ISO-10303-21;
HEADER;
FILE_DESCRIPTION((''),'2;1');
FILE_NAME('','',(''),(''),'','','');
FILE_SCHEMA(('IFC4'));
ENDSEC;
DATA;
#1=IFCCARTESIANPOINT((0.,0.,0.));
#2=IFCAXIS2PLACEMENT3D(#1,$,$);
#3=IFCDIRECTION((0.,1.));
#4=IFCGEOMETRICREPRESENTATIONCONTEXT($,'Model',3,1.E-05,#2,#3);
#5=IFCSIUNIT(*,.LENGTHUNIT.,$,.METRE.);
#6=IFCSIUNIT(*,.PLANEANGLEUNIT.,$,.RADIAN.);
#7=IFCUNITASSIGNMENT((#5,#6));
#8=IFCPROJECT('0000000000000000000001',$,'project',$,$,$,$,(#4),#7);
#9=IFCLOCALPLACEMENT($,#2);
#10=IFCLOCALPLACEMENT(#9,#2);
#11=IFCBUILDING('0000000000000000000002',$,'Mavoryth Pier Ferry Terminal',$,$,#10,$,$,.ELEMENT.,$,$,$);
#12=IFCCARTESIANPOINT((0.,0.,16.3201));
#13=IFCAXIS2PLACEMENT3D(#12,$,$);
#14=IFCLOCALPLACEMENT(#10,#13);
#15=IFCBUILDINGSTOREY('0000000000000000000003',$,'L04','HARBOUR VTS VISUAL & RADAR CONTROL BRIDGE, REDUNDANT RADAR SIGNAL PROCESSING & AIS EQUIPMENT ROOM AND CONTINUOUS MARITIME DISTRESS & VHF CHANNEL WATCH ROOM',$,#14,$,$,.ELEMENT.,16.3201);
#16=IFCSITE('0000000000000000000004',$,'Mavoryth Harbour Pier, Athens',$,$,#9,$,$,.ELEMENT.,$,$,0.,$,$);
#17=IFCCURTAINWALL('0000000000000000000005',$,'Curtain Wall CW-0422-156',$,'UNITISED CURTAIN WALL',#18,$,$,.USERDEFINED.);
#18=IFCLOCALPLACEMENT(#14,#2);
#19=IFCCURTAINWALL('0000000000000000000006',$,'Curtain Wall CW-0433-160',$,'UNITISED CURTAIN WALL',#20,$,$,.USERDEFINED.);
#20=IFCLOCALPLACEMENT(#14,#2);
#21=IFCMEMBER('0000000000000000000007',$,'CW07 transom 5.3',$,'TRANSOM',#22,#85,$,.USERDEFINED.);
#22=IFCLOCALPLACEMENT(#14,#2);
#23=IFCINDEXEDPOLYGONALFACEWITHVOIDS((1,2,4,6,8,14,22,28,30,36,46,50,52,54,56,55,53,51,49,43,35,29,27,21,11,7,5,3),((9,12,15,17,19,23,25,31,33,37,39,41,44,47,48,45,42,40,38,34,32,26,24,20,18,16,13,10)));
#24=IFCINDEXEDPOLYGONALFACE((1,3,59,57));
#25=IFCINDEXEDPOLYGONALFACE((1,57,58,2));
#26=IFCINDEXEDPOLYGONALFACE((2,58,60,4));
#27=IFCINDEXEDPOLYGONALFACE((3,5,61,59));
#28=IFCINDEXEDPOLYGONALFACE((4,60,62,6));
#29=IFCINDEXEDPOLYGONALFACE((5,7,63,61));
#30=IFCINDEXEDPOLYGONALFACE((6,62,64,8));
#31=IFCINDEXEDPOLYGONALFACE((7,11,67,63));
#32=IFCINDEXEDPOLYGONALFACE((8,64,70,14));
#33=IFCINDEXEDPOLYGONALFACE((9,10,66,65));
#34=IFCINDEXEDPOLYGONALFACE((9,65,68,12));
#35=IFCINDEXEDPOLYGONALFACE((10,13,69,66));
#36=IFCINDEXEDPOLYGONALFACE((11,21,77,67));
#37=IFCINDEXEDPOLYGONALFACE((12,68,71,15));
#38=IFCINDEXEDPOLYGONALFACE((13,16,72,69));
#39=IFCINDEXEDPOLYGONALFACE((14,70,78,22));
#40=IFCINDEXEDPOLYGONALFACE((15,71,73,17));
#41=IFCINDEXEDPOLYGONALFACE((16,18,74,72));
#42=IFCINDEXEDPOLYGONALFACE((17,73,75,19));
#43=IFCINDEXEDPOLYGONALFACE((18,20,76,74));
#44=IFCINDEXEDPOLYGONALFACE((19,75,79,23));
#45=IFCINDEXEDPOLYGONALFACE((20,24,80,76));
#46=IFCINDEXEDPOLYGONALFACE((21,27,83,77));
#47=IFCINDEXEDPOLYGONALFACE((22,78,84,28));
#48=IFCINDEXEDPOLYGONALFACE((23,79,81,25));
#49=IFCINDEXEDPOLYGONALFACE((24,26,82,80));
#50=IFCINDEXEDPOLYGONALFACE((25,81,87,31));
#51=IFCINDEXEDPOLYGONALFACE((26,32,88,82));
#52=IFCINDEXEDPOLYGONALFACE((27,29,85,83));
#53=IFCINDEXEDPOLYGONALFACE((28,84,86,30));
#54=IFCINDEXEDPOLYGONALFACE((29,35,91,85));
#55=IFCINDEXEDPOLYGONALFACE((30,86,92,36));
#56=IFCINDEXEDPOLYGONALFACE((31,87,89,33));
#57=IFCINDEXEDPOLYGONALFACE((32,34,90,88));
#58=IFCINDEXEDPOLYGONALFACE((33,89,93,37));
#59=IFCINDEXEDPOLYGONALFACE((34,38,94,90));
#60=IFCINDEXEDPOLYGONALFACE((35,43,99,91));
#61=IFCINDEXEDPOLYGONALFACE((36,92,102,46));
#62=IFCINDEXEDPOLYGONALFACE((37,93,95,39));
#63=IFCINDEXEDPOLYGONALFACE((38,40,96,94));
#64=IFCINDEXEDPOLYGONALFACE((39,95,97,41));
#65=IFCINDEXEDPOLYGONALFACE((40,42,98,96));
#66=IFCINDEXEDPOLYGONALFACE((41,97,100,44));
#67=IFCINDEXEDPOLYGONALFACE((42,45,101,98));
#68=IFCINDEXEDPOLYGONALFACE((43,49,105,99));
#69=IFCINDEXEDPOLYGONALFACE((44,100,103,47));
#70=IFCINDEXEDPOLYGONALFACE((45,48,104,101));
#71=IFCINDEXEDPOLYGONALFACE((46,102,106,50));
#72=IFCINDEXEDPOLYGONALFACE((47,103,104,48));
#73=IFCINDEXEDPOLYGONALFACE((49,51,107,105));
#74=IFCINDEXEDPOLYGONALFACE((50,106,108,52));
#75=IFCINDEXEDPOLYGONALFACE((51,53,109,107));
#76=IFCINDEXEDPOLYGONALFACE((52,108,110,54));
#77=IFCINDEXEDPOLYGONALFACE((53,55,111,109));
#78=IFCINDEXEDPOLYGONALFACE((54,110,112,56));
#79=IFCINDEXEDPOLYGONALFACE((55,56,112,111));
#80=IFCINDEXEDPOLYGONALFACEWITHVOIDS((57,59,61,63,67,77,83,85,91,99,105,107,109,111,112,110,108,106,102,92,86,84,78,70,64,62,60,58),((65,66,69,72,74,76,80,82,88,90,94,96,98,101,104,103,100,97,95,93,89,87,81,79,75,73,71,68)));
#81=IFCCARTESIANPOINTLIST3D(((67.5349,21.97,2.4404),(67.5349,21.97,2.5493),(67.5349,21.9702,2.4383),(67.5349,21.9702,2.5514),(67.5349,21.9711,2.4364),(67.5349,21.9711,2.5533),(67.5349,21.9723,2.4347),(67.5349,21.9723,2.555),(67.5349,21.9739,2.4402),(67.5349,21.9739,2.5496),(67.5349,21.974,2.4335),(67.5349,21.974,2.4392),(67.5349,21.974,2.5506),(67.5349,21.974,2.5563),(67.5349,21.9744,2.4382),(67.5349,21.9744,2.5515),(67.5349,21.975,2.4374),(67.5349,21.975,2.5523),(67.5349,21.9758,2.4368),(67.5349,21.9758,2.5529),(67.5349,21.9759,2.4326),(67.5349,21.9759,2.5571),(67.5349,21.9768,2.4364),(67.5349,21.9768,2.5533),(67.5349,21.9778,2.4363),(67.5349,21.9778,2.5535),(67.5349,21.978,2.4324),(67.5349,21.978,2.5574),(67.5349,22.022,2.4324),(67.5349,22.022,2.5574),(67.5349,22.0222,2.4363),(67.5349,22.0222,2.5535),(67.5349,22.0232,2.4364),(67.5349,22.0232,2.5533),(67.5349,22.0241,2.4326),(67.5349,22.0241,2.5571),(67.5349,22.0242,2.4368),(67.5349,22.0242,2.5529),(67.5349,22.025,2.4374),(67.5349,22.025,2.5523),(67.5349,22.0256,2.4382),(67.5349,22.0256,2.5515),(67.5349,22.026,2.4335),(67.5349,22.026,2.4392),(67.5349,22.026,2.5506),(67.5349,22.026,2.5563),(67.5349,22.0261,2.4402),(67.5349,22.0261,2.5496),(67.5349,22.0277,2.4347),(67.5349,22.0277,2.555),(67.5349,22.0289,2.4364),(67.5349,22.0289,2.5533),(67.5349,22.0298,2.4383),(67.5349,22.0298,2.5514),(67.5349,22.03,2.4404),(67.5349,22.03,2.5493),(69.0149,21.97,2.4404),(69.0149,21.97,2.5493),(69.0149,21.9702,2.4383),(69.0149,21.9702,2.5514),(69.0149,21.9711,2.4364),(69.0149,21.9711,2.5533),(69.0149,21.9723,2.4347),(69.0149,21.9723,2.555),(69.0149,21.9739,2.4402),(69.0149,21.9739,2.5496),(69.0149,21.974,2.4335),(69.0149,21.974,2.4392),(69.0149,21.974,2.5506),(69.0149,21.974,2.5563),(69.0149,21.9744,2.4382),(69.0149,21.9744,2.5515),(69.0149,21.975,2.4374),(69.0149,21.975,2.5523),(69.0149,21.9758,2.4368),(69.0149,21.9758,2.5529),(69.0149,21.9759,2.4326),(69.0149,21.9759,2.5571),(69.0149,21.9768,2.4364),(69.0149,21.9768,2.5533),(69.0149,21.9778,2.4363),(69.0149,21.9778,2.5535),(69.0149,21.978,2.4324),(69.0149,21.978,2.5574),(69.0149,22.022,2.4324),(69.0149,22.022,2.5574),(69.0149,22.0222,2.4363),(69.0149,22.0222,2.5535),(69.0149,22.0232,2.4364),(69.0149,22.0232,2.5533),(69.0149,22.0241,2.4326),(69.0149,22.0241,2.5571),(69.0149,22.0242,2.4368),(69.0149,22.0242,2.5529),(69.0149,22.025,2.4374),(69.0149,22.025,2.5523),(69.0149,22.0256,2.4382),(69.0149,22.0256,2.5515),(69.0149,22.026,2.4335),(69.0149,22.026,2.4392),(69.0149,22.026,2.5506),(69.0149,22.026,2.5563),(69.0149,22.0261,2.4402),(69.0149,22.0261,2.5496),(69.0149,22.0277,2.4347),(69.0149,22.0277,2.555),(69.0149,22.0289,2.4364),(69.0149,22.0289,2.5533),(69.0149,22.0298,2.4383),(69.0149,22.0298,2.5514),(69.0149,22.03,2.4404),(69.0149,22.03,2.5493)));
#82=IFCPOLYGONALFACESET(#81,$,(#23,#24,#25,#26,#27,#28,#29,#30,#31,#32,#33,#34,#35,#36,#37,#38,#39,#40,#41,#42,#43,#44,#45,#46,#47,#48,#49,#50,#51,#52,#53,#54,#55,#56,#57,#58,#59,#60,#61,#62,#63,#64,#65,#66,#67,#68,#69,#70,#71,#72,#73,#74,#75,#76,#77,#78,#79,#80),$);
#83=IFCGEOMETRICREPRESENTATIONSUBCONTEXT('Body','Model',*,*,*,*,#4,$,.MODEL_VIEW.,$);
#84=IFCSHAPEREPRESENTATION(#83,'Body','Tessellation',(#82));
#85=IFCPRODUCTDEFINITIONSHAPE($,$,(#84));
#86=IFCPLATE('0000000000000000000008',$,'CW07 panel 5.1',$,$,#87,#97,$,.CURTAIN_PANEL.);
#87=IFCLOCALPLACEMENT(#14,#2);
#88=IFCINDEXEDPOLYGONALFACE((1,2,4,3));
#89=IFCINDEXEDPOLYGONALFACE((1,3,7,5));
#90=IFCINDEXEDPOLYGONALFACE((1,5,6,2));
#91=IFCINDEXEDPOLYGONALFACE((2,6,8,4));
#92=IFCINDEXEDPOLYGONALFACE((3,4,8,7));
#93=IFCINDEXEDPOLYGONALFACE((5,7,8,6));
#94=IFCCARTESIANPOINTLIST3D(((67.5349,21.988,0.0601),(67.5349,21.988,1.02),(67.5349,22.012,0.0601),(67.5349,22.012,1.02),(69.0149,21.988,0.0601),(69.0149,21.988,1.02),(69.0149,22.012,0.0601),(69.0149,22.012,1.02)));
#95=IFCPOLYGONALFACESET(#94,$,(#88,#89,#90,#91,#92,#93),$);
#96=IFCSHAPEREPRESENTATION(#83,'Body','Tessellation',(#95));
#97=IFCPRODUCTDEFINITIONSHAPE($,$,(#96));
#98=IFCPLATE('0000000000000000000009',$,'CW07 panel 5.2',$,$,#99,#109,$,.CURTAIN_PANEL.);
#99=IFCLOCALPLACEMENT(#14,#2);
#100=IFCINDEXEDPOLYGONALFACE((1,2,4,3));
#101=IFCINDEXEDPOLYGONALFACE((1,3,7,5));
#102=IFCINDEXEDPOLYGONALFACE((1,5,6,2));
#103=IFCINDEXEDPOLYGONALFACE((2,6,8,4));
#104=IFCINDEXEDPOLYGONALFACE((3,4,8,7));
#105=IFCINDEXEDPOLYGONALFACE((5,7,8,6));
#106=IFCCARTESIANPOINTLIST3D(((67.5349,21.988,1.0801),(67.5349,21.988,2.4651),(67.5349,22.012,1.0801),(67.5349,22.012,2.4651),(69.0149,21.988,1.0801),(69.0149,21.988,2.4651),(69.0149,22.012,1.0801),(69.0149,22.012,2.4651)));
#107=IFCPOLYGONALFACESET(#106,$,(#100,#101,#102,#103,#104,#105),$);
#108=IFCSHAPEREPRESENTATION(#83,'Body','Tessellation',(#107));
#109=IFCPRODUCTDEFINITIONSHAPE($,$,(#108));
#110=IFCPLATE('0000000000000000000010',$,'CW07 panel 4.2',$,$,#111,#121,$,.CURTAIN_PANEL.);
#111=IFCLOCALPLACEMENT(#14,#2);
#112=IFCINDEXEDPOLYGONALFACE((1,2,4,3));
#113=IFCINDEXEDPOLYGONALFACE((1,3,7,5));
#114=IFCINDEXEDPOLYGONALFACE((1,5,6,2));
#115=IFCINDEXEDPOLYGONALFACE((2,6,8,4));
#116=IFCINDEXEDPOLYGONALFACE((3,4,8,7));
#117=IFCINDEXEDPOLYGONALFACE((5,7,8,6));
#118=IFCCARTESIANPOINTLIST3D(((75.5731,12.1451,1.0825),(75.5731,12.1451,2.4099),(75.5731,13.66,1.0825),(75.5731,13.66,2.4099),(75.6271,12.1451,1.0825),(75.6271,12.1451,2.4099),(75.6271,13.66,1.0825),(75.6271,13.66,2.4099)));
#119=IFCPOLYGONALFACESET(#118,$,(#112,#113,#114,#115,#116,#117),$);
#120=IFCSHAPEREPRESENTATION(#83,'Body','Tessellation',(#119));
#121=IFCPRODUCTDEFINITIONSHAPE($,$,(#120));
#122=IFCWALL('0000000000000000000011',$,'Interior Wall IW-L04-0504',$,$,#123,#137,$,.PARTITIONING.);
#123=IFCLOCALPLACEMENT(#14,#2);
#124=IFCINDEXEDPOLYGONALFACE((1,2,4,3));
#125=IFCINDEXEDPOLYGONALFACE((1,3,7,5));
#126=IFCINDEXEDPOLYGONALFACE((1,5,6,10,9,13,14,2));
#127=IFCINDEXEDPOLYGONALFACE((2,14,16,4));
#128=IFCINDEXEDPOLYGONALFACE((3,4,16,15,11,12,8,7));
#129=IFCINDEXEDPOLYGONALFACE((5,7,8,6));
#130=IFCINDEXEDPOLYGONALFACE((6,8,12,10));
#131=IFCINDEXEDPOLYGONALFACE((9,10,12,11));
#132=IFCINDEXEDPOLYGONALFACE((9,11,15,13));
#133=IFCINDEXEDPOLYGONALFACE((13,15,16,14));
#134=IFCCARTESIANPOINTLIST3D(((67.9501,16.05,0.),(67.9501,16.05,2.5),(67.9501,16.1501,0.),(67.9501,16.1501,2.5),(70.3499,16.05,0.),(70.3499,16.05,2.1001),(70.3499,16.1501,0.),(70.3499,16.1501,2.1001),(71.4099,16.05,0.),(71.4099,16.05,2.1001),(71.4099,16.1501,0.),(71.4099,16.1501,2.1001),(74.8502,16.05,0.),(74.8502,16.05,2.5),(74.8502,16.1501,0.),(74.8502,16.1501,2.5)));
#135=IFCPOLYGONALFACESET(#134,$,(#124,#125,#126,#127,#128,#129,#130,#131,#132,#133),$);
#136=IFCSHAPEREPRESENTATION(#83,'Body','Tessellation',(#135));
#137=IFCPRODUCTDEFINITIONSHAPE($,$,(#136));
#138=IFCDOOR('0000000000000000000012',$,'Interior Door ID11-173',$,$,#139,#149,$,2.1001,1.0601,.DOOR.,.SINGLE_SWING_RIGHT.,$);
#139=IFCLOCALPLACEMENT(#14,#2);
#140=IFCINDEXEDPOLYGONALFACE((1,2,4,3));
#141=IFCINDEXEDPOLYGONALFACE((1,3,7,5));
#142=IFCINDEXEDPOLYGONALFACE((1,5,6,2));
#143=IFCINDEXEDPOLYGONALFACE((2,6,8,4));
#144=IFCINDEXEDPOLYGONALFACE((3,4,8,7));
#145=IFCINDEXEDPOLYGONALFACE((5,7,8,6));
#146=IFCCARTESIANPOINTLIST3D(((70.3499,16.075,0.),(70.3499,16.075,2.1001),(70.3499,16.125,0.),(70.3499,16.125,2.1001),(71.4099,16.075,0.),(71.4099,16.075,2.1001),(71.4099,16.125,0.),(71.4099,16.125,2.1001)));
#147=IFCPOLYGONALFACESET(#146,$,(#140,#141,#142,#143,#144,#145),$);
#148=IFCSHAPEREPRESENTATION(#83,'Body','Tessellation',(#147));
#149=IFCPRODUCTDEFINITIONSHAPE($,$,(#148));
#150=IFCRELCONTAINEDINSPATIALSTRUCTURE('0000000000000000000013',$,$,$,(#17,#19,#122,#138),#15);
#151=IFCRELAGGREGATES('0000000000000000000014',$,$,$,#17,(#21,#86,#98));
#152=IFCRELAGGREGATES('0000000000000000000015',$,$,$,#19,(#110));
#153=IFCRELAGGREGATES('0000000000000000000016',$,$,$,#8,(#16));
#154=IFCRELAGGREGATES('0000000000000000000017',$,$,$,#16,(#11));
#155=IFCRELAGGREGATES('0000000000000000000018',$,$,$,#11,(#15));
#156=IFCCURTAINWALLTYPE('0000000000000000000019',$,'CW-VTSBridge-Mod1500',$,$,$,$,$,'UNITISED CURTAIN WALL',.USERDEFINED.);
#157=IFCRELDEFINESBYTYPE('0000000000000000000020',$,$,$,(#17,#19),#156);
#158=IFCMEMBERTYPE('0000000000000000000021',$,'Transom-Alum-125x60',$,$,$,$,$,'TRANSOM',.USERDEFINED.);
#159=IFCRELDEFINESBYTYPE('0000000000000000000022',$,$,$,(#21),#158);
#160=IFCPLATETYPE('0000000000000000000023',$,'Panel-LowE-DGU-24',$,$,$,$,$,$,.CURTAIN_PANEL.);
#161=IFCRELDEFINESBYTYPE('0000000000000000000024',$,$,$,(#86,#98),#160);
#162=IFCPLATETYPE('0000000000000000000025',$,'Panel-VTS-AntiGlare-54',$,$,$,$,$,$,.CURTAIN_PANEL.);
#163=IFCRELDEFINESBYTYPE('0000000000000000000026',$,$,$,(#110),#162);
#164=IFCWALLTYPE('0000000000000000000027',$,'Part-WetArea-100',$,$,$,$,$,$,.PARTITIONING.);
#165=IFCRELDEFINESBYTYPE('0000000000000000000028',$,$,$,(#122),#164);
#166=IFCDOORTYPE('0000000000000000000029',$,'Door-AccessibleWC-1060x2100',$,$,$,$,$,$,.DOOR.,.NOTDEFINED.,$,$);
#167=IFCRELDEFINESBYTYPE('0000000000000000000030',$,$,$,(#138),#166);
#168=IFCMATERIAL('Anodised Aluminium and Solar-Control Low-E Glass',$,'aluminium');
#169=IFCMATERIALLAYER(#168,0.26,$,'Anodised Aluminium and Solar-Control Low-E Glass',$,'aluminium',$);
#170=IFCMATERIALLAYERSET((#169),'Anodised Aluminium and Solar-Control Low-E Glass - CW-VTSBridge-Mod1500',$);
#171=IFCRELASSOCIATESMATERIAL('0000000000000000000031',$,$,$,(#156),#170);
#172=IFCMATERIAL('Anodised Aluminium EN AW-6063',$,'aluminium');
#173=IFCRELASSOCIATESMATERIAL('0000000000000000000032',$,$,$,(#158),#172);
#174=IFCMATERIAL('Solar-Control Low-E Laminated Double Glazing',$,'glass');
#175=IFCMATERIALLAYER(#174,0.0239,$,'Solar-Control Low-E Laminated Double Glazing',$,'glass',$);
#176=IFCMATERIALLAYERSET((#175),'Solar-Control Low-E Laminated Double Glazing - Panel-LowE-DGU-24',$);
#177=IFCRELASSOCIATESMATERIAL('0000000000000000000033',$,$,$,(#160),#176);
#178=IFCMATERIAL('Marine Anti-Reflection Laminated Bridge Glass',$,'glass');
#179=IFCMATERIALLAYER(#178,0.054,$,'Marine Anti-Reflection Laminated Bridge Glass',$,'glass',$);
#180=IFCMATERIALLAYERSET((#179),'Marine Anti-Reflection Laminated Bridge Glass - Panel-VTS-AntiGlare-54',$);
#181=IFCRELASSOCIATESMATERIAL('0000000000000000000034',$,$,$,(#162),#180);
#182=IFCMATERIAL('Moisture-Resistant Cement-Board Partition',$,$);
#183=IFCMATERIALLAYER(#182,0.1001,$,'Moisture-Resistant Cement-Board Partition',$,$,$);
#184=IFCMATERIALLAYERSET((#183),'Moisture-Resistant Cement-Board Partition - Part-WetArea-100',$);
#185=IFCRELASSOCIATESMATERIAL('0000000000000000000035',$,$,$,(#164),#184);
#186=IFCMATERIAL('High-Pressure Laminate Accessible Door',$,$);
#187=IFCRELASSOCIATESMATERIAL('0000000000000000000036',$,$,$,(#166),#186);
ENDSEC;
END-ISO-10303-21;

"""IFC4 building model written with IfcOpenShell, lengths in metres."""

from ifc_helpers import new_model, si_unit, direction, frame, frame_2d, origin, origin_2d, place, context, subcontext, project, spatial, rectangle, hollow_rectangle, extrude, material, layer, layer_set, material_profile, profile_set, type_object, element, fill, aggregate, save


model = new_model("IFC4")

# Units and contexts
model_context = context("Model", 3, precision=1e-05, world=origin(), true_north=direction((0.0, 1.0)))
body_context = subcontext(model_context, "Body", "Model", "MODEL_VIEW")
ifc_project = project(units=[si_unit("LENGTHUNIT", "METRE"), si_unit("PLANEANGLEUNIT", "RADIAN")], contexts=[model_context])

# Site, building, storey
site_placement = place(None, origin())
site = spatial("IfcSite", under=ifc_project, at=site_placement, Name="Mavoryth Harbour Pier, Athens", CompositionType="ELEMENT", RefElevation=0.0)
building_placement = place(site_placement, origin())
building = spatial("IfcBuilding", under=site, at=building_placement, Name="Mavoryth Pier Ferry Terminal", CompositionType="ELEMENT")
storey_placement = place(building_placement, frame((0.0, 0.0, 16.3201)))
storey = spatial("IfcBuildingStorey", under=building, at=storey_placement, Name="L04", Description="HARBOUR VTS VISUAL & RADAR CONTROL BRIDGE, REDUNDANT RADAR SIGNAL PROCESSING & AIS EQUIPMENT ROOM AND CONTINUOUS MARITIME DISTRESS & VHF CHANNEL WATCH ROOM", CompositionType="ELEMENT", Elevation=16.3201)

# Curtain walls
ifc_material_1 = material(Name="Anodised Aluminium and Solar-Control Low-E Glass", Category="aluminium")
ifc_layer_1 = layer(ifc_material_1, 0.26, Name="Anodised Aluminium and Solar-Control Low-E Glass", Category="aluminium")
ifc_layer_set_1 = layer_set([ifc_layer_1], Name="Anodised Aluminium and Solar-Control Low-E Glass - CW-VTSBridge-Mod1500")
curtain_wall_type = type_object("IfcCurtainWallType", Name="CW-VTSBridge-Mod1500", ElementType="UNITISED CURTAIN WALL", PredefinedType="USERDEFINED", material=ifc_layer_set_1)
curtain_wall_1_placement = place(storey_placement, origin())
curtain_wall_1 = element("IfcCurtainWall", 1, at=curtain_wall_1_placement, inside=storey, type_object=curtain_wall_type, Name="Curtain Wall CW-0422-156", ObjectType="UNITISED CURTAIN WALL", PredefinedType="USERDEFINED")
ifc_material_2 = material(Name="Anodised Aluminium EN AW-6063", Category="aluminium")
curtain_wall_2_placement = place(storey_placement, origin())
curtain_wall_2 = element("IfcCurtainWall", 2, at=curtain_wall_2_placement, inside=storey, type_object=curtain_wall_type, Name="Curtain Wall CW-0433-160", ObjectType="UNITISED CURTAIN WALL", PredefinedType="USERDEFINED")

# Member
ifc_material_profile_1 = material_profile(ifc_material_2, hollow_rectangle(XDim=0.0601, YDim=0.125, WallThickness=0.0039, InnerFilletRadius=0.0039, OuterFilletRadius=0.0081, at=origin_2d()), Name="AL-TRAN 125x60x4", Category="aluminium")
ifc_profile_set_1 = profile_set([ifc_material_profile_1], Name="Anodised Aluminium EN AW-6063 - AL-TRAN 125x60x4")
member_type_1 = type_object("IfcMemberType", Name="Transom-Alum-125x60", ElementType="TRANSOM", PredefinedType="USERDEFINED", material=ifc_profile_set_1)
member_1_placement = place(storey_placement, frame((69.0149, 22.0, 2.4949), z_axis=(-1.0, 0.0, 0.0), x_axis=(0.0, -1.0, 0.0)))
member_1 = element("IfcMember", 3, at=member_1_placement, type_object=member_type_1, Name="CW07 transom 5.3", ObjectType="TRANSOM", PredefinedType="USERDEFINED", context=body_context, shape_type="SweptSolid", body=[
    extrude(hollow_rectangle(XDim=0.0601, YDim=0.125, WallThickness=0.0039, InnerFilletRadius=0.0039, OuterFilletRadius=0.0081, at=origin_2d()), origin(), (0.0, 0.0, 1.0), 1.48),
])

# Plates
ifc_material_3 = material(Name="Solar-Control Low-E Laminated Double Glazing", Category="glass")
ifc_layer_2 = layer(ifc_material_3, 0.0239, Name="Solar-Control Low-E Laminated Double Glazing", Category="glass")
ifc_layer_set_2 = layer_set([ifc_layer_2], Name="Solar-Control Low-E Laminated Double Glazing - Panel-LowE-DGU-24")
plate_type_1 = type_object("IfcPlateType", Name="Panel-LowE-DGU-24", PredefinedType="CURTAIN_PANEL", material=ifc_layer_set_2)
plate_1_placement = place(storey_placement, frame((68.2749, 22.0, 0.0601), z_axis=(0.0, 0.0, 1.0), x_axis=(-1.0, 0.0, 0.0)))
plate_1 = element("IfcPlate", 4, at=plate_1_placement, type_object=plate_type_1, Name="CW07 panel 5.1", PredefinedType="CURTAIN_PANEL", context=body_context, shape_type="SweptSolid", body=[
    extrude(rectangle(XDim=1.48, YDim=0.0239, at=origin_2d()), origin(), (0.0, 0.0, 1.0), 0.96),
])
plate_2_placement = place(storey_placement, frame((68.2749, 22.0, 1.0801), z_axis=(0.0, 0.0, 1.0), x_axis=(-1.0, 0.0, 0.0)))
plate_2 = element("IfcPlate", 5, at=plate_2_placement, type_object=plate_type_1, Name="CW07 panel 5.2", PredefinedType="CURTAIN_PANEL", context=body_context, shape_type="SweptSolid", body=[
    extrude(rectangle(XDim=1.48, YDim=0.0239, at=origin_2d()), origin(), (0.0, 0.0, 1.0), 1.385),
])
aggregate(curtain_wall_1, [member_1, plate_1, plate_2])
ifc_material_4 = material(Name="Marine Anti-Reflection Laminated Bridge Glass", Category="glass")
ifc_layer_3 = layer(ifc_material_4, 0.054, Name="Marine Anti-Reflection Laminated Bridge Glass", Category="glass")
ifc_layer_set_3 = layer_set([ifc_layer_3], Name="Marine Anti-Reflection Laminated Bridge Glass - Panel-VTS-AntiGlare-54")
plate_type_2 = type_object("IfcPlateType", Name="Panel-VTS-AntiGlare-54", PredefinedType="CURTAIN_PANEL", material=ifc_layer_set_3)
plate_3_placement = place(storey_placement, frame((75.6001, 12.9026, 1.0825), z_axis=(0.0, 0.0, 1.0), x_axis=(0.0, 1.0, 0.0)))
plate_3 = element("IfcPlate", 6, at=plate_3_placement, type_object=plate_type_2, Name="CW07 panel 4.2", PredefinedType="CURTAIN_PANEL", context=body_context, shape_type="SweptSolid", body=[
    extrude(rectangle(XDim=1.5149, YDim=0.054, at=origin_2d()), origin(), (0.0, 0.0, 1.0), 1.3274),
])
aggregate(curtain_wall_2, [plate_3])

# Wall, opening, door
ifc_material_5 = material(Name="Moisture-Resistant Cement-Board Partition")
ifc_layer_4 = layer(ifc_material_5, 0.1001, Name="Moisture-Resistant Cement-Board Partition")
ifc_layer_set_4 = layer_set([ifc_layer_4], Name="Moisture-Resistant Cement-Board Partition - Part-WetArea-100")
wall_type = type_object("IfcWallType", Name="Part-WetArea-100", PredefinedType="PARTITIONING", material=ifc_layer_set_4)
wall_placement = place(storey_placement, frame((67.95, 16.1001, 0.0), z_axis=(0.0, 0.0, 1.0), x_axis=(1.0, 0.0, 0.0)))
wall = element("IfcWall", 7, at=wall_placement, inside=storey, type_object=wall_type, Name="Interior Wall IW-L04-0504", PredefinedType="PARTITIONING", context=body_context, shape_type="SweptSolid", body=[
    extrude(rectangle(XDim=6.9001, YDim=0.1001, at=frame_2d((3.4502, 0.0))), origin(), (0.0, 0.0, 1.0), 2.5),
])
opening_placement = place(wall_placement, frame((2.3999, 0.0, 0.0)))
opening = element("IfcOpeningElement", 8, at=opening_placement, cuts=wall, PredefinedType="OPENING", context=body_context, shape_type="SweptSolid", body=[
    extrude(rectangle(XDim=1.0601, YDim=2.1001, at=frame_2d((0.53, 1.05))), frame((0.0, 0.0601, 0.0), z_axis=(0.0, -1.0, 0.0), x_axis=(1.0, 0.0, 0.0)), (0.0, 0.0, 1.0), 0.1201),
])
ifc_material_6 = material(Name="High-Pressure Laminate Accessible Door")
door_type = type_object("IfcDoorType", Name="Door-AccessibleWC-1060x2100", OperationType="NOTDEFINED", PredefinedType="DOOR", material=ifc_material_6)
door_placement = place(opening_placement, origin())
door = element("IfcDoor", 9, at=door_placement, inside=storey, type_object=door_type, Name="Interior Door ID11-173", OperationType="SINGLE_SWING_RIGHT", OverallHeight=2.1001, OverallWidth=1.0601, PredefinedType="DOOR", context=body_context, shape_type="SweptSolid", body=[
    extrude(rectangle(XDim=1.0601, YDim=2.1001, at=frame_2d((0.53, 1.05))), frame((0.0, 0.0249, 0.0), z_axis=(0.0, -1.0, 0.0), x_axis=(1.0, 0.0, 0.0)), (0.0, 0.0, 1.0), 0.05),
])
fill(opening, door)

save(model, "model.ifc")
